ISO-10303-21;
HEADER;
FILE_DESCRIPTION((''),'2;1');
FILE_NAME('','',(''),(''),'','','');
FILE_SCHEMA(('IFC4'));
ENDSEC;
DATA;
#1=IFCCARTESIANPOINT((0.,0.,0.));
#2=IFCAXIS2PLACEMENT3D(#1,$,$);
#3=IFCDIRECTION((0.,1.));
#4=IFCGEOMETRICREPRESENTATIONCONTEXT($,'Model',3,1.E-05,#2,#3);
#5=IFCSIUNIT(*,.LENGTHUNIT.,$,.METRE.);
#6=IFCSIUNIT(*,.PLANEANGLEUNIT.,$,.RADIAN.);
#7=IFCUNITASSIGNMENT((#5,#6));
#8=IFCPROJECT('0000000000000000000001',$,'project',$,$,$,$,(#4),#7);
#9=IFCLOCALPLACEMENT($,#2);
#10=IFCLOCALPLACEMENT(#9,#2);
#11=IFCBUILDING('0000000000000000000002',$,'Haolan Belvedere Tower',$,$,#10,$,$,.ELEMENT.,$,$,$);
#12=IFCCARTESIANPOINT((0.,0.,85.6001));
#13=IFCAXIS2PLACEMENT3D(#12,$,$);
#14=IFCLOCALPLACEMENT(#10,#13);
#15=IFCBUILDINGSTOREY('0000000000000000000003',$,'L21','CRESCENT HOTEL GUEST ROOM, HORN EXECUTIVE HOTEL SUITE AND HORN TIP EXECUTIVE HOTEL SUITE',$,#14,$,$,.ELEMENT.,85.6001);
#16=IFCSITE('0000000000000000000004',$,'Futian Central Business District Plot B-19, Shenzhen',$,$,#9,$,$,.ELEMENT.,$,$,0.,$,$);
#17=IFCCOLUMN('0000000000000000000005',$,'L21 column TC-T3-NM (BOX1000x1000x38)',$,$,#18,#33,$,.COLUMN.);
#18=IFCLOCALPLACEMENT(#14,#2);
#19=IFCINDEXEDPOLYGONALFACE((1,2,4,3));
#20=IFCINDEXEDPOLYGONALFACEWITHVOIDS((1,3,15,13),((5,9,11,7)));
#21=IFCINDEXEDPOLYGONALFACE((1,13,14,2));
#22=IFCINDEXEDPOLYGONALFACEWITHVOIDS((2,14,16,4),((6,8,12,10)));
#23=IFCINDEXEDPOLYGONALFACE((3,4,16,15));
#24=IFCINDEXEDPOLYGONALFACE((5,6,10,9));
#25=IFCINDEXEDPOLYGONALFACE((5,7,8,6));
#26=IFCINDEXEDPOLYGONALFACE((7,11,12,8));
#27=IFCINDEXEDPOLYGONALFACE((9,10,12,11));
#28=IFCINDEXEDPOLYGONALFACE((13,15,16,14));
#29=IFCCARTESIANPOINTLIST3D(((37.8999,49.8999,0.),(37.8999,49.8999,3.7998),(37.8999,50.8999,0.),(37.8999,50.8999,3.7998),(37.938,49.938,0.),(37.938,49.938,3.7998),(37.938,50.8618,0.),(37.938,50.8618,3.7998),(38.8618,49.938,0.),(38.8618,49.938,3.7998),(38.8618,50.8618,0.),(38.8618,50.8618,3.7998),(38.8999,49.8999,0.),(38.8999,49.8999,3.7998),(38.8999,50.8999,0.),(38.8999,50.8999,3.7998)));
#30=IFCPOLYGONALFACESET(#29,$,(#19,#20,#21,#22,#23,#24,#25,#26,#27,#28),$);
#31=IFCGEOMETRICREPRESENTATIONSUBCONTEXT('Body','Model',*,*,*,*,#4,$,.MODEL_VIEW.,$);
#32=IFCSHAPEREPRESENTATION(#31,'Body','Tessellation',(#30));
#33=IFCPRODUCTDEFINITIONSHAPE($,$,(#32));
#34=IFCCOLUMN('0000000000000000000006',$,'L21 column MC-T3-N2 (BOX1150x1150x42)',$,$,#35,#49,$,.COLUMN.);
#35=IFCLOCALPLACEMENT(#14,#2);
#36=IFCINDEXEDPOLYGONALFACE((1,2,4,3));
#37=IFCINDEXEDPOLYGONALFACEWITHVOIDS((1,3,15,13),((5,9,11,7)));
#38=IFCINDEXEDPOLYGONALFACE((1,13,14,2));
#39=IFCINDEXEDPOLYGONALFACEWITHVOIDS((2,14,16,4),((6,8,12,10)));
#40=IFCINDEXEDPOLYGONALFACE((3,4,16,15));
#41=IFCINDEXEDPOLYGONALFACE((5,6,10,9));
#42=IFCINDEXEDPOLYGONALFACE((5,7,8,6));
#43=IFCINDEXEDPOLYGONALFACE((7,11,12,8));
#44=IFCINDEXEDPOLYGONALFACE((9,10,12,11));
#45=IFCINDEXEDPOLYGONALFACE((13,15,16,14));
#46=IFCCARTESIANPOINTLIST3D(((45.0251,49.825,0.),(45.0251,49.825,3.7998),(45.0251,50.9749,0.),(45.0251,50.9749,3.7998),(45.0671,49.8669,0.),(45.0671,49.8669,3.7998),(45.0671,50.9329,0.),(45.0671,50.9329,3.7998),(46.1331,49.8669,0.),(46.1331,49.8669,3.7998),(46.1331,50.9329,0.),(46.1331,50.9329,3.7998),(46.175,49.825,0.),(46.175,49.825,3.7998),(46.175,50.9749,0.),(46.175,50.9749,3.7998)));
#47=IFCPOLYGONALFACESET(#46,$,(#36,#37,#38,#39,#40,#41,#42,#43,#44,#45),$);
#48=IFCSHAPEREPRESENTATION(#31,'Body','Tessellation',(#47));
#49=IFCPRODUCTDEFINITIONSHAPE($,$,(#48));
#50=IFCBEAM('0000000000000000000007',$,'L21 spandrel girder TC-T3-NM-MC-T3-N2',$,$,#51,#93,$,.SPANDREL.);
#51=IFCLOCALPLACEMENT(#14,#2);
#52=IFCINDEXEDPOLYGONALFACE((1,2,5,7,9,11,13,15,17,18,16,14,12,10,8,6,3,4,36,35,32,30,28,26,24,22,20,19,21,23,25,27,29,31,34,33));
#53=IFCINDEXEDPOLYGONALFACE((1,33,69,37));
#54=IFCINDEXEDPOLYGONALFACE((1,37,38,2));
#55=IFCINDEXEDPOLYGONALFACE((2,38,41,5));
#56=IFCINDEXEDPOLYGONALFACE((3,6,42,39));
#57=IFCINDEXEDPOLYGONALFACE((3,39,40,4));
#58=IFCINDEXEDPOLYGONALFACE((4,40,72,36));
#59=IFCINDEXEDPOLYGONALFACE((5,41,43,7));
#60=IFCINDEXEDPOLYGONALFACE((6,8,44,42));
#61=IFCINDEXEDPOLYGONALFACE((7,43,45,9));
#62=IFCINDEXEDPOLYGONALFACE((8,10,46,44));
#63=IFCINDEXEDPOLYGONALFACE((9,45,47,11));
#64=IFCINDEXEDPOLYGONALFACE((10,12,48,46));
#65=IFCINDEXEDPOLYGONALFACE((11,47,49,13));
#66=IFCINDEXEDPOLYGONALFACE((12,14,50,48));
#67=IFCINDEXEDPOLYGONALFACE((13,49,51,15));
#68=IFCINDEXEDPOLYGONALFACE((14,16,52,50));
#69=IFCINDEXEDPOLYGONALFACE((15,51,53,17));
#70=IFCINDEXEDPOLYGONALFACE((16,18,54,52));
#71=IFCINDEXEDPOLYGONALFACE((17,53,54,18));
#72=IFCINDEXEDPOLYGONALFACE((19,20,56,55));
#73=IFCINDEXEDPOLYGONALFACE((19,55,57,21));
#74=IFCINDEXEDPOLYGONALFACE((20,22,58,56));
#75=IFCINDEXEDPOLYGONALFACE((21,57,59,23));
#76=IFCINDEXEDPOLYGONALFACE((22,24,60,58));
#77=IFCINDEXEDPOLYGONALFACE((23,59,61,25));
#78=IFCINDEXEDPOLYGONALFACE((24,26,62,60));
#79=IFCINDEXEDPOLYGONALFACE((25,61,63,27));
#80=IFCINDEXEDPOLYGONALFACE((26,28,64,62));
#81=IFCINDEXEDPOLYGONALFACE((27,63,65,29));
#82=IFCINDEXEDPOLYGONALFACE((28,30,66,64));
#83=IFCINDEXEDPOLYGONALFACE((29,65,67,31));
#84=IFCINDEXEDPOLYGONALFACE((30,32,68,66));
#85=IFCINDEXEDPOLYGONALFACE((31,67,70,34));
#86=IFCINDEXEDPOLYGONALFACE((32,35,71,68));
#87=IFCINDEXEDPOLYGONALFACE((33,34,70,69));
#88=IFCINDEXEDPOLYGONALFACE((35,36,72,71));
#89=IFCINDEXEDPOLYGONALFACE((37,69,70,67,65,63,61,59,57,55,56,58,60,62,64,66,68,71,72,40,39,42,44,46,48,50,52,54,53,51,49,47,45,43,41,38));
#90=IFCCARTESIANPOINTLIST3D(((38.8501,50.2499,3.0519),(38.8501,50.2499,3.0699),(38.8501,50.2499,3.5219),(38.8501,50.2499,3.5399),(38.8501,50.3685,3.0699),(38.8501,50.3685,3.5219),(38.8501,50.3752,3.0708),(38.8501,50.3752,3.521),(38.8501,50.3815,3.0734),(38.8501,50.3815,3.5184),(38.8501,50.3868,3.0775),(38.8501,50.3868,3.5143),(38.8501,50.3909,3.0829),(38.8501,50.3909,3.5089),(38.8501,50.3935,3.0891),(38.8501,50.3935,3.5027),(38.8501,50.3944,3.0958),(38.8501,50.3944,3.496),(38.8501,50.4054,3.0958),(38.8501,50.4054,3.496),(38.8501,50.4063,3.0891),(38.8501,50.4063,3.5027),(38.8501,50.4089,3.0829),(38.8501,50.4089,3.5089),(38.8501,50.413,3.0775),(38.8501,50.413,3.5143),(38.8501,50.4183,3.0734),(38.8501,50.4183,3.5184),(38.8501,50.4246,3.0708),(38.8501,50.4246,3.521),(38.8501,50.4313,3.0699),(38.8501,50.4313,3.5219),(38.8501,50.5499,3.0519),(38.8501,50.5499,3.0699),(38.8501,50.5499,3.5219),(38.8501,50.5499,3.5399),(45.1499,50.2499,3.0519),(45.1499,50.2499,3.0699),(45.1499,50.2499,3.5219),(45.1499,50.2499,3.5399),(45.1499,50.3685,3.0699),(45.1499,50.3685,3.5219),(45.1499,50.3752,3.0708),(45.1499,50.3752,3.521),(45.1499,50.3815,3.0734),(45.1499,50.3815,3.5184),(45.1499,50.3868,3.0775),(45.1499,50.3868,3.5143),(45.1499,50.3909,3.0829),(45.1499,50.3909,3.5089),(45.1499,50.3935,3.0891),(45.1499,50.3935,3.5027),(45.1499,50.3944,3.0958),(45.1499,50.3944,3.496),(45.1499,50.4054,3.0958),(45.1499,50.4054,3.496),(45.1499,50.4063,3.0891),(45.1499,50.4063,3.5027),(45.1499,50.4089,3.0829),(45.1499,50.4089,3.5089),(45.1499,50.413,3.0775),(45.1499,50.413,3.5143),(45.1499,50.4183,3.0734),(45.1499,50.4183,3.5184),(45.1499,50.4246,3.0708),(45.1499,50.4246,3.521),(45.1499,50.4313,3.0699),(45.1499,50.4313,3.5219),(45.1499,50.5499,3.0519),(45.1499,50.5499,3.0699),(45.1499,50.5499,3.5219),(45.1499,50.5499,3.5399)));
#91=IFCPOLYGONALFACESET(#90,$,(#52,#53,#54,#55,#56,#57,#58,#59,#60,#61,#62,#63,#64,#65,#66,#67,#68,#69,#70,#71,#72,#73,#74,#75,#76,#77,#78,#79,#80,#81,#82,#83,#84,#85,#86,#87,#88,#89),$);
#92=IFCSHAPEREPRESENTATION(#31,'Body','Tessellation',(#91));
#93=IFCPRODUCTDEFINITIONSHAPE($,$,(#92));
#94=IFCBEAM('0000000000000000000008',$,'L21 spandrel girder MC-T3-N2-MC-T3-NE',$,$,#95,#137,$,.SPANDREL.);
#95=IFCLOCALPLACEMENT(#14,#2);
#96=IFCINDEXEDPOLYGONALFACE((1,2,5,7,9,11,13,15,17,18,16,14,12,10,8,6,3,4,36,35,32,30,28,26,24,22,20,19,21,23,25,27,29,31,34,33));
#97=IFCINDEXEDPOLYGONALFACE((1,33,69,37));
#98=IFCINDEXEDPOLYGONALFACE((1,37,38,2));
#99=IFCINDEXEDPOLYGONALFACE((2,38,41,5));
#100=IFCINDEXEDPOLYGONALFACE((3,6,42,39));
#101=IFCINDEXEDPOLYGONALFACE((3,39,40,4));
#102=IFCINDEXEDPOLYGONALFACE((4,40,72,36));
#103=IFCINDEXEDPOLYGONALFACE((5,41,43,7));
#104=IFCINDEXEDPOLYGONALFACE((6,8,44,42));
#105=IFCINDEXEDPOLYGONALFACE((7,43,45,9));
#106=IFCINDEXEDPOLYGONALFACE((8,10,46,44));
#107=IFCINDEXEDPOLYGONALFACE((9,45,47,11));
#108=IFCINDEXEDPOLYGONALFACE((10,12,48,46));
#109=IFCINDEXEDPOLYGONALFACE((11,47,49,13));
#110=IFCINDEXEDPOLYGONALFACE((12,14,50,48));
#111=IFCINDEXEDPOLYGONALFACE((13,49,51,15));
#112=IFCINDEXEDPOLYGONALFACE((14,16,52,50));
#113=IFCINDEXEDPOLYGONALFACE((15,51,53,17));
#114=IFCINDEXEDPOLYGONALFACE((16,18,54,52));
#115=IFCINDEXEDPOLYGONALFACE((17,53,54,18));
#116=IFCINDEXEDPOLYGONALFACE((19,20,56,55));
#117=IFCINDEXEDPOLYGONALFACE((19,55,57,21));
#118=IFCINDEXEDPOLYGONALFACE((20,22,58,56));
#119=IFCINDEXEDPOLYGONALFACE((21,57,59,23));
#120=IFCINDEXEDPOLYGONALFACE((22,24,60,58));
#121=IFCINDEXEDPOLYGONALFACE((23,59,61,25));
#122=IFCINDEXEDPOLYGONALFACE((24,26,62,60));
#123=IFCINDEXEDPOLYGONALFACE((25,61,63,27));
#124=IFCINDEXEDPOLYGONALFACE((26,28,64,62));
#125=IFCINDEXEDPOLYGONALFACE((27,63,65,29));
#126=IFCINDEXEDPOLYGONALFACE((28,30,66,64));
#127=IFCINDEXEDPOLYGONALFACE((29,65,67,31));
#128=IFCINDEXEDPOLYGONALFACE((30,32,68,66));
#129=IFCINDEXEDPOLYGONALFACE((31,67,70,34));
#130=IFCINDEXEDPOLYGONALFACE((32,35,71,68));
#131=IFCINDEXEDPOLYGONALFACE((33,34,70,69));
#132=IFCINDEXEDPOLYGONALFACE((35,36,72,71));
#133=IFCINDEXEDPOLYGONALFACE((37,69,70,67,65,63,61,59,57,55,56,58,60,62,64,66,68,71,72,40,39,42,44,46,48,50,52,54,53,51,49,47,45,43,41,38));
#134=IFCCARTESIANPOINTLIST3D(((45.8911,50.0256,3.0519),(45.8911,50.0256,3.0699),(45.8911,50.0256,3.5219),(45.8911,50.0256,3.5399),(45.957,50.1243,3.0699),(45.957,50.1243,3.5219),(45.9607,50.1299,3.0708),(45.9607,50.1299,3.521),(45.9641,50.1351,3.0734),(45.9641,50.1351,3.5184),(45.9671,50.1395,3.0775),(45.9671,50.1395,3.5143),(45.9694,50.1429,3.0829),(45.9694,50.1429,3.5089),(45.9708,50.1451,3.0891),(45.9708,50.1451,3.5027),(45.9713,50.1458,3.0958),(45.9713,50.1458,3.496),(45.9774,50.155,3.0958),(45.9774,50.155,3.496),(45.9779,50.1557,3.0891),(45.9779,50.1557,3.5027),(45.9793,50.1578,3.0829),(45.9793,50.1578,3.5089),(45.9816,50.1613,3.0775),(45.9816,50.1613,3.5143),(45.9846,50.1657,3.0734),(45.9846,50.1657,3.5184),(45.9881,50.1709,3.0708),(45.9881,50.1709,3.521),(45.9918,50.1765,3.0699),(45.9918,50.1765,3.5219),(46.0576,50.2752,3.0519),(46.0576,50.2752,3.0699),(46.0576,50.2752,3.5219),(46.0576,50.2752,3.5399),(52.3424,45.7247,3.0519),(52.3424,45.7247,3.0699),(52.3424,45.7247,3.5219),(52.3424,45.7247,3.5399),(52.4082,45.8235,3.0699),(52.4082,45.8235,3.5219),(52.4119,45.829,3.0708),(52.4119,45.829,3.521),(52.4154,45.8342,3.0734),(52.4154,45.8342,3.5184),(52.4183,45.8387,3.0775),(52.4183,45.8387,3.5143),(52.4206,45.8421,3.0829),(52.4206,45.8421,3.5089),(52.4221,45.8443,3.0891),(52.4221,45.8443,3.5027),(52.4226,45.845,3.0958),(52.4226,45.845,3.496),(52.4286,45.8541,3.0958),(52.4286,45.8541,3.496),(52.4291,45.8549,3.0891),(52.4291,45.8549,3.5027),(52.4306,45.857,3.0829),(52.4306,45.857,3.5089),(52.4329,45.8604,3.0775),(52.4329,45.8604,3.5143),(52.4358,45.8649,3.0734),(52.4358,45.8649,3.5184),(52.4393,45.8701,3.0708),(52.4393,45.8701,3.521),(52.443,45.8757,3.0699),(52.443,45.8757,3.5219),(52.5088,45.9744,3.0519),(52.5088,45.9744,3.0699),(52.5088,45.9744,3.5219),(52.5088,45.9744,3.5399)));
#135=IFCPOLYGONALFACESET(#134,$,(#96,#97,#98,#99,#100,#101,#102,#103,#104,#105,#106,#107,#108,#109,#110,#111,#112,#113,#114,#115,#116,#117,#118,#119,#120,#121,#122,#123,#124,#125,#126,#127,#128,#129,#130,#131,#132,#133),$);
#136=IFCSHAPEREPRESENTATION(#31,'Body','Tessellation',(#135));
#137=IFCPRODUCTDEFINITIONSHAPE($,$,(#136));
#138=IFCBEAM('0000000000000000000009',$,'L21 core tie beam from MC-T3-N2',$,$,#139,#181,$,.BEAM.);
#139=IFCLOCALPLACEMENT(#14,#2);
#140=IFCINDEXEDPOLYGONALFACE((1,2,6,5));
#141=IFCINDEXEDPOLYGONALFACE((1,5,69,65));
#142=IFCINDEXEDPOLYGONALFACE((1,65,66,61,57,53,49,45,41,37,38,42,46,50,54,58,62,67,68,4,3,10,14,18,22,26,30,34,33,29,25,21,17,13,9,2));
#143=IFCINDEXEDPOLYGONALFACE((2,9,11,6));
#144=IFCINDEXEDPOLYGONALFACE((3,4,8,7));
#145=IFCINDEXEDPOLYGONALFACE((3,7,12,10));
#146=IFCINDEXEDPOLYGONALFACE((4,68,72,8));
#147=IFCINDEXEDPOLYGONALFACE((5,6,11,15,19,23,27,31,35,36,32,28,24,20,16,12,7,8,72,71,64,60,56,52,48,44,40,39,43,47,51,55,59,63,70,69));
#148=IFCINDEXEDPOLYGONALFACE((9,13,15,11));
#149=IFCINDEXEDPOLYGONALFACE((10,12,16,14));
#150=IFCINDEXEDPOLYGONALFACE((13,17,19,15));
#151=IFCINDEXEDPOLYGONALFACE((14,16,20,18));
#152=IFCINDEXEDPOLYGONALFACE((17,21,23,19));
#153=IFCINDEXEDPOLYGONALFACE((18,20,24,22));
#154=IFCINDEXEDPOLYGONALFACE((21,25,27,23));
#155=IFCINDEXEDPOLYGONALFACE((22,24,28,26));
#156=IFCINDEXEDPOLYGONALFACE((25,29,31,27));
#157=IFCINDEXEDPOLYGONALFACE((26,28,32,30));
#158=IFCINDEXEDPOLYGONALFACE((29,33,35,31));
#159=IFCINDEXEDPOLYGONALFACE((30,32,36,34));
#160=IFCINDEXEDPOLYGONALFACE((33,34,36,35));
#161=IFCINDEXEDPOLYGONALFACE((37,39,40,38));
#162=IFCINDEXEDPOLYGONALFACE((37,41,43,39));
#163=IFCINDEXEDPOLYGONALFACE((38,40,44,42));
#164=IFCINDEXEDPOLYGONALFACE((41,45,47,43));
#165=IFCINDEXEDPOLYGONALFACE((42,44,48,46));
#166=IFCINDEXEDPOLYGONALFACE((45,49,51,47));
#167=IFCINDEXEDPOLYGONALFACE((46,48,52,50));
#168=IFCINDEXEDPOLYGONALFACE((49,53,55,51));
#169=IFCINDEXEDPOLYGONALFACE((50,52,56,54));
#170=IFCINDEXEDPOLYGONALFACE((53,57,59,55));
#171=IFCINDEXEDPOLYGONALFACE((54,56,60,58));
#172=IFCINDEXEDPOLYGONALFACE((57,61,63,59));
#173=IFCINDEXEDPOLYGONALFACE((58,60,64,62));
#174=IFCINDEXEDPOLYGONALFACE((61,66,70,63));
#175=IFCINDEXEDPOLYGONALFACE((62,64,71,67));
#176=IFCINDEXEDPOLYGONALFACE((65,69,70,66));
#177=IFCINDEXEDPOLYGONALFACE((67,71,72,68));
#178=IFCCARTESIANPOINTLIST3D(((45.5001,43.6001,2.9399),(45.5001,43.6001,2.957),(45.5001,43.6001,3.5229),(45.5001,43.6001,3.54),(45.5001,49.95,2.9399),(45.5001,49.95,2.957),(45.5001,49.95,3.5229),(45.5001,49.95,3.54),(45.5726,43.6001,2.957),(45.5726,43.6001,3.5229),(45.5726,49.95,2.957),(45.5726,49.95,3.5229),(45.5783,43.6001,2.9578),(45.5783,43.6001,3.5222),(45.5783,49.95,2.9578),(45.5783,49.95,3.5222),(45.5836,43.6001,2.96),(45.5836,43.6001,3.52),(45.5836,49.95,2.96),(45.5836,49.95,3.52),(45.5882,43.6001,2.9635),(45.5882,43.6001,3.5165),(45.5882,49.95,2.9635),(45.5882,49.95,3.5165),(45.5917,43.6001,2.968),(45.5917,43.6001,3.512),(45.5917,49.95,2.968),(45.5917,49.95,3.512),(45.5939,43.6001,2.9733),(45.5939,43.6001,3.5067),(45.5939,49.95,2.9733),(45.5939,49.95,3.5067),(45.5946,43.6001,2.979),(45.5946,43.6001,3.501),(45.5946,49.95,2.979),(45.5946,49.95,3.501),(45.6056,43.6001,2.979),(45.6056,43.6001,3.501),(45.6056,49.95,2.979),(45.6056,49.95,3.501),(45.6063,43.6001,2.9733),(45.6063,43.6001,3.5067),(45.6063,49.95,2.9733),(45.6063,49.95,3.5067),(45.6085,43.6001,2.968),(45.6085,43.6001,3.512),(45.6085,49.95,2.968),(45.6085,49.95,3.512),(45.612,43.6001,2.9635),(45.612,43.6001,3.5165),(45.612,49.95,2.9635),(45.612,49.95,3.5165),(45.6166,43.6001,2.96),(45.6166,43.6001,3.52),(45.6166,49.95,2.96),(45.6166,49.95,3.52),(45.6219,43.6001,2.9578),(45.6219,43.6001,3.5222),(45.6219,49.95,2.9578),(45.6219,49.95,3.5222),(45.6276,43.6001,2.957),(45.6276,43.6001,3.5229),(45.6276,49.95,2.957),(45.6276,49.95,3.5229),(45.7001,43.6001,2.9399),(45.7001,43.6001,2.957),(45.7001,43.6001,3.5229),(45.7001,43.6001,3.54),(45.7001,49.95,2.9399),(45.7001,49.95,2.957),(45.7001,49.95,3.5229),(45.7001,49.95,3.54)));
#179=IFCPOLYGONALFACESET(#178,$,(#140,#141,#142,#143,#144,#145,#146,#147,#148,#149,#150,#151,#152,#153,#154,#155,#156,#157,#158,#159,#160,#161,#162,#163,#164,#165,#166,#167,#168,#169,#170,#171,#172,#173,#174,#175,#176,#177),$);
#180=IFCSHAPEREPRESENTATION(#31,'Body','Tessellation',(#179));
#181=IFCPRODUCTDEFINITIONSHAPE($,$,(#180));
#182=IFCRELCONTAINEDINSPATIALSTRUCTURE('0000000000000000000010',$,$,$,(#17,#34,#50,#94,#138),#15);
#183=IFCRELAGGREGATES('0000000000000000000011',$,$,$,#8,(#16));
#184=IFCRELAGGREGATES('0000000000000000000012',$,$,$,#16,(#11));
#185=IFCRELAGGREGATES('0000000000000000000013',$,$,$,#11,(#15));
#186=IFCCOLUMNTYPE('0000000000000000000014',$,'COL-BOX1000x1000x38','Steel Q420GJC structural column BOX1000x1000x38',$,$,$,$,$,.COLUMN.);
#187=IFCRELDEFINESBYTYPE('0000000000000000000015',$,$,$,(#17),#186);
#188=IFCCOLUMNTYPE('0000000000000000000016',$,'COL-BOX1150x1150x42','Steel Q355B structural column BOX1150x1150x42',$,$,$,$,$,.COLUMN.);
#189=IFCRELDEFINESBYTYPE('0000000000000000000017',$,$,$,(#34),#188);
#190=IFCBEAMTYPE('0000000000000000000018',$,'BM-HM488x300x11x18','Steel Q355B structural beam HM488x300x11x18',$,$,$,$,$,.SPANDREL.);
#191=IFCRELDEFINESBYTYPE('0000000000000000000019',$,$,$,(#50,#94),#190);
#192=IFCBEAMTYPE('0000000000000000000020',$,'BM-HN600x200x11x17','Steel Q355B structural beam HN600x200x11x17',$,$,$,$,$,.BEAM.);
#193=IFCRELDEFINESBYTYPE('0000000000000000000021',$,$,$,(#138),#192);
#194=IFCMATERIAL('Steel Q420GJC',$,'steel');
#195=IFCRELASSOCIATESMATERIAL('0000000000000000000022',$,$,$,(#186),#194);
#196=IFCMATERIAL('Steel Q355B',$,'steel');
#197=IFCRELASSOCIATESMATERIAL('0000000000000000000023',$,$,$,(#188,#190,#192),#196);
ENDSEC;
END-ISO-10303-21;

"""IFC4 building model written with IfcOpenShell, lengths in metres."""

from ifc_helpers import new_model, si_unit, direction, frame, origin, origin_2d, place, context, subcontext, project, spatial, hollow_rectangle, i_section, extrude, material, material_profile, profile_set, type_object, element, save


model = new_model("IFC4")

# Units and contexts
model_context = context("Model", 3, precision=1e-05, world=origin(), true_north=direction((0.0, 1.0)))
body_context = subcontext(model_context, "Body", "Model", "MODEL_VIEW")
ifc_project = project(units=[si_unit("LENGTHUNIT", "METRE"), si_unit("PLANEANGLEUNIT", "RADIAN")], contexts=[model_context])

# Site, building, storey
site_placement = place(None, origin())
site = spatial("IfcSite", under=ifc_project, at=site_placement, Name="Futian Central Business District Plot B-19, Shenzhen", CompositionType="ELEMENT", RefElevation=0.0)
building_placement = place(site_placement, origin())
building = spatial("IfcBuilding", under=site, at=building_placement, Name="Haolan Belvedere Tower", CompositionType="ELEMENT")
storey_placement = place(building_placement, frame((0.0, 0.0, 85.6001)))
storey = spatial("IfcBuildingStorey", under=building, at=storey_placement, Name="L21", Description="CRESCENT HOTEL GUEST ROOM, HORN EXECUTIVE HOTEL SUITE AND HORN TIP EXECUTIVE HOTEL SUITE", CompositionType="ELEMENT", Elevation=85.6001)

# Columns
ifc_material_1 = material(Name="Steel Q420GJC", Category="steel")
ifc_material_profile_1 = material_profile(ifc_material_1, hollow_rectangle(XDim=1.0, YDim=1.0, WallThickness=0.0381, at=origin_2d()), Name="Steel Q420GJC")
ifc_profile_set_1 = profile_set([ifc_material_profile_1], Name="Steel Q420GJC")
column_type_1 = type_object("IfcColumnType", Name="COL-BOX1000x1000x38", Description="Steel Q420GJC structural column BOX1000x1000x38", PredefinedType="COLUMN", material=ifc_profile_set_1)
column_1_placement = place(storey_placement, frame((38.3999, 50.3999, 0.0), z_axis=(0.0, 0.0, 1.0), x_axis=(1.0, 0.0, 0.0)))
element("IfcColumn", 1, at=column_1_placement, inside=storey, type_object=column_type_1, Name="L21 column TC-T3-NM (BOX1000x1000x38)", PredefinedType="COLUMN", context=body_context, shape_type="SweptSolid", body=[
    extrude(hollow_rectangle(XDim=1.0, YDim=1.0, WallThickness=0.0381, at=origin_2d()), origin(), (0.0, 0.0, 1.0), 3.7998),
])
ifc_material_2 = material(Name="Steel Q355B", Category="steel")
ifc_material_profile_2 = material_profile(ifc_material_2, hollow_rectangle(XDim=1.1499, YDim=1.1499, WallThickness=0.042, at=origin_2d()), Name="Steel Q355B")
ifc_profile_set_2 = profile_set([ifc_material_profile_2], Name="Steel Q355B")
column_type_2 = type_object("IfcColumnType", Name="COL-BOX1150x1150x42", Description="Steel Q355B structural column BOX1150x1150x42", PredefinedType="COLUMN", material=ifc_profile_set_2)
column_2_placement = place(storey_placement, frame((45.6001, 50.3999, 0.0), z_axis=(0.0, 0.0, 1.0), x_axis=(1.0, 0.0, 0.0)))
element("IfcColumn", 2, at=column_2_placement, inside=storey, type_object=column_type_2, Name="L21 column MC-T3-N2 (BOX1150x1150x42)", PredefinedType="COLUMN", context=body_context, shape_type="SweptSolid", body=[
    extrude(hollow_rectangle(XDim=1.1499, YDim=1.1499, WallThickness=0.042, at=origin_2d()), origin(), (0.0, 0.0, 1.0), 3.7998),
])

# Beams
ifc_material_profile_3 = material_profile(ifc_material_2, i_section(OverallWidth=0.3, OverallDepth=0.488, WebThickness=0.011, FlangeThickness=0.0181, FilletRadius=0.0259, at=origin_2d()), Name="Steel Q355B")
ifc_profile_set_3 = profile_set([ifc_material_profile_3], Name="Steel Q355B")
beam_type_1 = type_object("IfcBeamType", Name="BM-HM488x300x11x18", Description="Steel Q355B structural beam HM488x300x11x18", PredefinedType="SPANDREL", material=ifc_profile_set_3)
beam_1_placement = place(storey_placement, frame((38.8501, 50.3999, 3.2959), z_axis=(1.0, 0.0, 0.0), x_axis=(0.0, 1.0, 0.0)))
element("IfcBeam", 3, at=beam_1_placement, inside=storey, type_object=beam_type_1, Name="L21 spandrel girder TC-T3-NM-MC-T3-N2", PredefinedType="SPANDREL", context=body_context, shape_type="SweptSolid", body=[
    extrude(i_section(OverallWidth=0.3, OverallDepth=0.488, WebThickness=0.011, FlangeThickness=0.0181, FilletRadius=0.0259, at=origin_2d()), origin(), (0.0, 0.0, 1.0), 6.2998),
])
beam_2_placement = place(storey_placement, frame((45.9744, 50.1504, 3.2959), z_axis=(0.83205, -0.5547, 0.0), x_axis=(0.5547, 0.83205, 0.0)))
element("IfcBeam", 4, at=beam_2_placement, inside=storey, type_object=beam_type_1, Name="L21 spandrel girder MC-T3-N2-MC-T3-NE", PredefinedType="SPANDREL", context=body_context, shape_type="SweptSolid", body=[
    extrude(i_section(OverallWidth=0.3, OverallDepth=0.488, WebThickness=0.011, FlangeThickness=0.0181, FilletRadius=0.0259, at=origin_2d()), origin(), (0.0, 0.0, 1.0), 7.7534),
])
ifc_material_profile_4 = material_profile(ifc_material_2, i_section(OverallWidth=0.2, OverallDepth=0.6001, WebThickness=0.011, FlangeThickness=0.0171, FilletRadius=0.022, at=origin_2d()), Name="Steel Q355B")
ifc_profile_set_4 = profile_set([ifc_material_profile_4], Name="Steel Q355B")
beam_type_2 = type_object("IfcBeamType", Name="BM-HN600x200x11x17", Description="Steel Q355B structural beam HN600x200x11x17", PredefinedType="BEAM", material=ifc_profile_set_4)
beam_3_placement = place(storey_placement, frame((45.6001, 49.95, 3.24), z_axis=(0.0, -1.0, 0.0), x_axis=(1.0, 0.0, 0.0)))
element("IfcBeam", 5, at=beam_3_placement, inside=storey, type_object=beam_type_2, Name="L21 core tie beam from MC-T3-N2", PredefinedType="BEAM", context=body_context, shape_type="SweptSolid", body=[
    extrude(i_section(OverallWidth=0.2, OverallDepth=0.6001, WebThickness=0.011, FlangeThickness=0.0171, FilletRadius=0.022, at=origin_2d()), origin(), (0.0, 0.0, 1.0), 6.3499),
])

save(model, "model.ifc")
